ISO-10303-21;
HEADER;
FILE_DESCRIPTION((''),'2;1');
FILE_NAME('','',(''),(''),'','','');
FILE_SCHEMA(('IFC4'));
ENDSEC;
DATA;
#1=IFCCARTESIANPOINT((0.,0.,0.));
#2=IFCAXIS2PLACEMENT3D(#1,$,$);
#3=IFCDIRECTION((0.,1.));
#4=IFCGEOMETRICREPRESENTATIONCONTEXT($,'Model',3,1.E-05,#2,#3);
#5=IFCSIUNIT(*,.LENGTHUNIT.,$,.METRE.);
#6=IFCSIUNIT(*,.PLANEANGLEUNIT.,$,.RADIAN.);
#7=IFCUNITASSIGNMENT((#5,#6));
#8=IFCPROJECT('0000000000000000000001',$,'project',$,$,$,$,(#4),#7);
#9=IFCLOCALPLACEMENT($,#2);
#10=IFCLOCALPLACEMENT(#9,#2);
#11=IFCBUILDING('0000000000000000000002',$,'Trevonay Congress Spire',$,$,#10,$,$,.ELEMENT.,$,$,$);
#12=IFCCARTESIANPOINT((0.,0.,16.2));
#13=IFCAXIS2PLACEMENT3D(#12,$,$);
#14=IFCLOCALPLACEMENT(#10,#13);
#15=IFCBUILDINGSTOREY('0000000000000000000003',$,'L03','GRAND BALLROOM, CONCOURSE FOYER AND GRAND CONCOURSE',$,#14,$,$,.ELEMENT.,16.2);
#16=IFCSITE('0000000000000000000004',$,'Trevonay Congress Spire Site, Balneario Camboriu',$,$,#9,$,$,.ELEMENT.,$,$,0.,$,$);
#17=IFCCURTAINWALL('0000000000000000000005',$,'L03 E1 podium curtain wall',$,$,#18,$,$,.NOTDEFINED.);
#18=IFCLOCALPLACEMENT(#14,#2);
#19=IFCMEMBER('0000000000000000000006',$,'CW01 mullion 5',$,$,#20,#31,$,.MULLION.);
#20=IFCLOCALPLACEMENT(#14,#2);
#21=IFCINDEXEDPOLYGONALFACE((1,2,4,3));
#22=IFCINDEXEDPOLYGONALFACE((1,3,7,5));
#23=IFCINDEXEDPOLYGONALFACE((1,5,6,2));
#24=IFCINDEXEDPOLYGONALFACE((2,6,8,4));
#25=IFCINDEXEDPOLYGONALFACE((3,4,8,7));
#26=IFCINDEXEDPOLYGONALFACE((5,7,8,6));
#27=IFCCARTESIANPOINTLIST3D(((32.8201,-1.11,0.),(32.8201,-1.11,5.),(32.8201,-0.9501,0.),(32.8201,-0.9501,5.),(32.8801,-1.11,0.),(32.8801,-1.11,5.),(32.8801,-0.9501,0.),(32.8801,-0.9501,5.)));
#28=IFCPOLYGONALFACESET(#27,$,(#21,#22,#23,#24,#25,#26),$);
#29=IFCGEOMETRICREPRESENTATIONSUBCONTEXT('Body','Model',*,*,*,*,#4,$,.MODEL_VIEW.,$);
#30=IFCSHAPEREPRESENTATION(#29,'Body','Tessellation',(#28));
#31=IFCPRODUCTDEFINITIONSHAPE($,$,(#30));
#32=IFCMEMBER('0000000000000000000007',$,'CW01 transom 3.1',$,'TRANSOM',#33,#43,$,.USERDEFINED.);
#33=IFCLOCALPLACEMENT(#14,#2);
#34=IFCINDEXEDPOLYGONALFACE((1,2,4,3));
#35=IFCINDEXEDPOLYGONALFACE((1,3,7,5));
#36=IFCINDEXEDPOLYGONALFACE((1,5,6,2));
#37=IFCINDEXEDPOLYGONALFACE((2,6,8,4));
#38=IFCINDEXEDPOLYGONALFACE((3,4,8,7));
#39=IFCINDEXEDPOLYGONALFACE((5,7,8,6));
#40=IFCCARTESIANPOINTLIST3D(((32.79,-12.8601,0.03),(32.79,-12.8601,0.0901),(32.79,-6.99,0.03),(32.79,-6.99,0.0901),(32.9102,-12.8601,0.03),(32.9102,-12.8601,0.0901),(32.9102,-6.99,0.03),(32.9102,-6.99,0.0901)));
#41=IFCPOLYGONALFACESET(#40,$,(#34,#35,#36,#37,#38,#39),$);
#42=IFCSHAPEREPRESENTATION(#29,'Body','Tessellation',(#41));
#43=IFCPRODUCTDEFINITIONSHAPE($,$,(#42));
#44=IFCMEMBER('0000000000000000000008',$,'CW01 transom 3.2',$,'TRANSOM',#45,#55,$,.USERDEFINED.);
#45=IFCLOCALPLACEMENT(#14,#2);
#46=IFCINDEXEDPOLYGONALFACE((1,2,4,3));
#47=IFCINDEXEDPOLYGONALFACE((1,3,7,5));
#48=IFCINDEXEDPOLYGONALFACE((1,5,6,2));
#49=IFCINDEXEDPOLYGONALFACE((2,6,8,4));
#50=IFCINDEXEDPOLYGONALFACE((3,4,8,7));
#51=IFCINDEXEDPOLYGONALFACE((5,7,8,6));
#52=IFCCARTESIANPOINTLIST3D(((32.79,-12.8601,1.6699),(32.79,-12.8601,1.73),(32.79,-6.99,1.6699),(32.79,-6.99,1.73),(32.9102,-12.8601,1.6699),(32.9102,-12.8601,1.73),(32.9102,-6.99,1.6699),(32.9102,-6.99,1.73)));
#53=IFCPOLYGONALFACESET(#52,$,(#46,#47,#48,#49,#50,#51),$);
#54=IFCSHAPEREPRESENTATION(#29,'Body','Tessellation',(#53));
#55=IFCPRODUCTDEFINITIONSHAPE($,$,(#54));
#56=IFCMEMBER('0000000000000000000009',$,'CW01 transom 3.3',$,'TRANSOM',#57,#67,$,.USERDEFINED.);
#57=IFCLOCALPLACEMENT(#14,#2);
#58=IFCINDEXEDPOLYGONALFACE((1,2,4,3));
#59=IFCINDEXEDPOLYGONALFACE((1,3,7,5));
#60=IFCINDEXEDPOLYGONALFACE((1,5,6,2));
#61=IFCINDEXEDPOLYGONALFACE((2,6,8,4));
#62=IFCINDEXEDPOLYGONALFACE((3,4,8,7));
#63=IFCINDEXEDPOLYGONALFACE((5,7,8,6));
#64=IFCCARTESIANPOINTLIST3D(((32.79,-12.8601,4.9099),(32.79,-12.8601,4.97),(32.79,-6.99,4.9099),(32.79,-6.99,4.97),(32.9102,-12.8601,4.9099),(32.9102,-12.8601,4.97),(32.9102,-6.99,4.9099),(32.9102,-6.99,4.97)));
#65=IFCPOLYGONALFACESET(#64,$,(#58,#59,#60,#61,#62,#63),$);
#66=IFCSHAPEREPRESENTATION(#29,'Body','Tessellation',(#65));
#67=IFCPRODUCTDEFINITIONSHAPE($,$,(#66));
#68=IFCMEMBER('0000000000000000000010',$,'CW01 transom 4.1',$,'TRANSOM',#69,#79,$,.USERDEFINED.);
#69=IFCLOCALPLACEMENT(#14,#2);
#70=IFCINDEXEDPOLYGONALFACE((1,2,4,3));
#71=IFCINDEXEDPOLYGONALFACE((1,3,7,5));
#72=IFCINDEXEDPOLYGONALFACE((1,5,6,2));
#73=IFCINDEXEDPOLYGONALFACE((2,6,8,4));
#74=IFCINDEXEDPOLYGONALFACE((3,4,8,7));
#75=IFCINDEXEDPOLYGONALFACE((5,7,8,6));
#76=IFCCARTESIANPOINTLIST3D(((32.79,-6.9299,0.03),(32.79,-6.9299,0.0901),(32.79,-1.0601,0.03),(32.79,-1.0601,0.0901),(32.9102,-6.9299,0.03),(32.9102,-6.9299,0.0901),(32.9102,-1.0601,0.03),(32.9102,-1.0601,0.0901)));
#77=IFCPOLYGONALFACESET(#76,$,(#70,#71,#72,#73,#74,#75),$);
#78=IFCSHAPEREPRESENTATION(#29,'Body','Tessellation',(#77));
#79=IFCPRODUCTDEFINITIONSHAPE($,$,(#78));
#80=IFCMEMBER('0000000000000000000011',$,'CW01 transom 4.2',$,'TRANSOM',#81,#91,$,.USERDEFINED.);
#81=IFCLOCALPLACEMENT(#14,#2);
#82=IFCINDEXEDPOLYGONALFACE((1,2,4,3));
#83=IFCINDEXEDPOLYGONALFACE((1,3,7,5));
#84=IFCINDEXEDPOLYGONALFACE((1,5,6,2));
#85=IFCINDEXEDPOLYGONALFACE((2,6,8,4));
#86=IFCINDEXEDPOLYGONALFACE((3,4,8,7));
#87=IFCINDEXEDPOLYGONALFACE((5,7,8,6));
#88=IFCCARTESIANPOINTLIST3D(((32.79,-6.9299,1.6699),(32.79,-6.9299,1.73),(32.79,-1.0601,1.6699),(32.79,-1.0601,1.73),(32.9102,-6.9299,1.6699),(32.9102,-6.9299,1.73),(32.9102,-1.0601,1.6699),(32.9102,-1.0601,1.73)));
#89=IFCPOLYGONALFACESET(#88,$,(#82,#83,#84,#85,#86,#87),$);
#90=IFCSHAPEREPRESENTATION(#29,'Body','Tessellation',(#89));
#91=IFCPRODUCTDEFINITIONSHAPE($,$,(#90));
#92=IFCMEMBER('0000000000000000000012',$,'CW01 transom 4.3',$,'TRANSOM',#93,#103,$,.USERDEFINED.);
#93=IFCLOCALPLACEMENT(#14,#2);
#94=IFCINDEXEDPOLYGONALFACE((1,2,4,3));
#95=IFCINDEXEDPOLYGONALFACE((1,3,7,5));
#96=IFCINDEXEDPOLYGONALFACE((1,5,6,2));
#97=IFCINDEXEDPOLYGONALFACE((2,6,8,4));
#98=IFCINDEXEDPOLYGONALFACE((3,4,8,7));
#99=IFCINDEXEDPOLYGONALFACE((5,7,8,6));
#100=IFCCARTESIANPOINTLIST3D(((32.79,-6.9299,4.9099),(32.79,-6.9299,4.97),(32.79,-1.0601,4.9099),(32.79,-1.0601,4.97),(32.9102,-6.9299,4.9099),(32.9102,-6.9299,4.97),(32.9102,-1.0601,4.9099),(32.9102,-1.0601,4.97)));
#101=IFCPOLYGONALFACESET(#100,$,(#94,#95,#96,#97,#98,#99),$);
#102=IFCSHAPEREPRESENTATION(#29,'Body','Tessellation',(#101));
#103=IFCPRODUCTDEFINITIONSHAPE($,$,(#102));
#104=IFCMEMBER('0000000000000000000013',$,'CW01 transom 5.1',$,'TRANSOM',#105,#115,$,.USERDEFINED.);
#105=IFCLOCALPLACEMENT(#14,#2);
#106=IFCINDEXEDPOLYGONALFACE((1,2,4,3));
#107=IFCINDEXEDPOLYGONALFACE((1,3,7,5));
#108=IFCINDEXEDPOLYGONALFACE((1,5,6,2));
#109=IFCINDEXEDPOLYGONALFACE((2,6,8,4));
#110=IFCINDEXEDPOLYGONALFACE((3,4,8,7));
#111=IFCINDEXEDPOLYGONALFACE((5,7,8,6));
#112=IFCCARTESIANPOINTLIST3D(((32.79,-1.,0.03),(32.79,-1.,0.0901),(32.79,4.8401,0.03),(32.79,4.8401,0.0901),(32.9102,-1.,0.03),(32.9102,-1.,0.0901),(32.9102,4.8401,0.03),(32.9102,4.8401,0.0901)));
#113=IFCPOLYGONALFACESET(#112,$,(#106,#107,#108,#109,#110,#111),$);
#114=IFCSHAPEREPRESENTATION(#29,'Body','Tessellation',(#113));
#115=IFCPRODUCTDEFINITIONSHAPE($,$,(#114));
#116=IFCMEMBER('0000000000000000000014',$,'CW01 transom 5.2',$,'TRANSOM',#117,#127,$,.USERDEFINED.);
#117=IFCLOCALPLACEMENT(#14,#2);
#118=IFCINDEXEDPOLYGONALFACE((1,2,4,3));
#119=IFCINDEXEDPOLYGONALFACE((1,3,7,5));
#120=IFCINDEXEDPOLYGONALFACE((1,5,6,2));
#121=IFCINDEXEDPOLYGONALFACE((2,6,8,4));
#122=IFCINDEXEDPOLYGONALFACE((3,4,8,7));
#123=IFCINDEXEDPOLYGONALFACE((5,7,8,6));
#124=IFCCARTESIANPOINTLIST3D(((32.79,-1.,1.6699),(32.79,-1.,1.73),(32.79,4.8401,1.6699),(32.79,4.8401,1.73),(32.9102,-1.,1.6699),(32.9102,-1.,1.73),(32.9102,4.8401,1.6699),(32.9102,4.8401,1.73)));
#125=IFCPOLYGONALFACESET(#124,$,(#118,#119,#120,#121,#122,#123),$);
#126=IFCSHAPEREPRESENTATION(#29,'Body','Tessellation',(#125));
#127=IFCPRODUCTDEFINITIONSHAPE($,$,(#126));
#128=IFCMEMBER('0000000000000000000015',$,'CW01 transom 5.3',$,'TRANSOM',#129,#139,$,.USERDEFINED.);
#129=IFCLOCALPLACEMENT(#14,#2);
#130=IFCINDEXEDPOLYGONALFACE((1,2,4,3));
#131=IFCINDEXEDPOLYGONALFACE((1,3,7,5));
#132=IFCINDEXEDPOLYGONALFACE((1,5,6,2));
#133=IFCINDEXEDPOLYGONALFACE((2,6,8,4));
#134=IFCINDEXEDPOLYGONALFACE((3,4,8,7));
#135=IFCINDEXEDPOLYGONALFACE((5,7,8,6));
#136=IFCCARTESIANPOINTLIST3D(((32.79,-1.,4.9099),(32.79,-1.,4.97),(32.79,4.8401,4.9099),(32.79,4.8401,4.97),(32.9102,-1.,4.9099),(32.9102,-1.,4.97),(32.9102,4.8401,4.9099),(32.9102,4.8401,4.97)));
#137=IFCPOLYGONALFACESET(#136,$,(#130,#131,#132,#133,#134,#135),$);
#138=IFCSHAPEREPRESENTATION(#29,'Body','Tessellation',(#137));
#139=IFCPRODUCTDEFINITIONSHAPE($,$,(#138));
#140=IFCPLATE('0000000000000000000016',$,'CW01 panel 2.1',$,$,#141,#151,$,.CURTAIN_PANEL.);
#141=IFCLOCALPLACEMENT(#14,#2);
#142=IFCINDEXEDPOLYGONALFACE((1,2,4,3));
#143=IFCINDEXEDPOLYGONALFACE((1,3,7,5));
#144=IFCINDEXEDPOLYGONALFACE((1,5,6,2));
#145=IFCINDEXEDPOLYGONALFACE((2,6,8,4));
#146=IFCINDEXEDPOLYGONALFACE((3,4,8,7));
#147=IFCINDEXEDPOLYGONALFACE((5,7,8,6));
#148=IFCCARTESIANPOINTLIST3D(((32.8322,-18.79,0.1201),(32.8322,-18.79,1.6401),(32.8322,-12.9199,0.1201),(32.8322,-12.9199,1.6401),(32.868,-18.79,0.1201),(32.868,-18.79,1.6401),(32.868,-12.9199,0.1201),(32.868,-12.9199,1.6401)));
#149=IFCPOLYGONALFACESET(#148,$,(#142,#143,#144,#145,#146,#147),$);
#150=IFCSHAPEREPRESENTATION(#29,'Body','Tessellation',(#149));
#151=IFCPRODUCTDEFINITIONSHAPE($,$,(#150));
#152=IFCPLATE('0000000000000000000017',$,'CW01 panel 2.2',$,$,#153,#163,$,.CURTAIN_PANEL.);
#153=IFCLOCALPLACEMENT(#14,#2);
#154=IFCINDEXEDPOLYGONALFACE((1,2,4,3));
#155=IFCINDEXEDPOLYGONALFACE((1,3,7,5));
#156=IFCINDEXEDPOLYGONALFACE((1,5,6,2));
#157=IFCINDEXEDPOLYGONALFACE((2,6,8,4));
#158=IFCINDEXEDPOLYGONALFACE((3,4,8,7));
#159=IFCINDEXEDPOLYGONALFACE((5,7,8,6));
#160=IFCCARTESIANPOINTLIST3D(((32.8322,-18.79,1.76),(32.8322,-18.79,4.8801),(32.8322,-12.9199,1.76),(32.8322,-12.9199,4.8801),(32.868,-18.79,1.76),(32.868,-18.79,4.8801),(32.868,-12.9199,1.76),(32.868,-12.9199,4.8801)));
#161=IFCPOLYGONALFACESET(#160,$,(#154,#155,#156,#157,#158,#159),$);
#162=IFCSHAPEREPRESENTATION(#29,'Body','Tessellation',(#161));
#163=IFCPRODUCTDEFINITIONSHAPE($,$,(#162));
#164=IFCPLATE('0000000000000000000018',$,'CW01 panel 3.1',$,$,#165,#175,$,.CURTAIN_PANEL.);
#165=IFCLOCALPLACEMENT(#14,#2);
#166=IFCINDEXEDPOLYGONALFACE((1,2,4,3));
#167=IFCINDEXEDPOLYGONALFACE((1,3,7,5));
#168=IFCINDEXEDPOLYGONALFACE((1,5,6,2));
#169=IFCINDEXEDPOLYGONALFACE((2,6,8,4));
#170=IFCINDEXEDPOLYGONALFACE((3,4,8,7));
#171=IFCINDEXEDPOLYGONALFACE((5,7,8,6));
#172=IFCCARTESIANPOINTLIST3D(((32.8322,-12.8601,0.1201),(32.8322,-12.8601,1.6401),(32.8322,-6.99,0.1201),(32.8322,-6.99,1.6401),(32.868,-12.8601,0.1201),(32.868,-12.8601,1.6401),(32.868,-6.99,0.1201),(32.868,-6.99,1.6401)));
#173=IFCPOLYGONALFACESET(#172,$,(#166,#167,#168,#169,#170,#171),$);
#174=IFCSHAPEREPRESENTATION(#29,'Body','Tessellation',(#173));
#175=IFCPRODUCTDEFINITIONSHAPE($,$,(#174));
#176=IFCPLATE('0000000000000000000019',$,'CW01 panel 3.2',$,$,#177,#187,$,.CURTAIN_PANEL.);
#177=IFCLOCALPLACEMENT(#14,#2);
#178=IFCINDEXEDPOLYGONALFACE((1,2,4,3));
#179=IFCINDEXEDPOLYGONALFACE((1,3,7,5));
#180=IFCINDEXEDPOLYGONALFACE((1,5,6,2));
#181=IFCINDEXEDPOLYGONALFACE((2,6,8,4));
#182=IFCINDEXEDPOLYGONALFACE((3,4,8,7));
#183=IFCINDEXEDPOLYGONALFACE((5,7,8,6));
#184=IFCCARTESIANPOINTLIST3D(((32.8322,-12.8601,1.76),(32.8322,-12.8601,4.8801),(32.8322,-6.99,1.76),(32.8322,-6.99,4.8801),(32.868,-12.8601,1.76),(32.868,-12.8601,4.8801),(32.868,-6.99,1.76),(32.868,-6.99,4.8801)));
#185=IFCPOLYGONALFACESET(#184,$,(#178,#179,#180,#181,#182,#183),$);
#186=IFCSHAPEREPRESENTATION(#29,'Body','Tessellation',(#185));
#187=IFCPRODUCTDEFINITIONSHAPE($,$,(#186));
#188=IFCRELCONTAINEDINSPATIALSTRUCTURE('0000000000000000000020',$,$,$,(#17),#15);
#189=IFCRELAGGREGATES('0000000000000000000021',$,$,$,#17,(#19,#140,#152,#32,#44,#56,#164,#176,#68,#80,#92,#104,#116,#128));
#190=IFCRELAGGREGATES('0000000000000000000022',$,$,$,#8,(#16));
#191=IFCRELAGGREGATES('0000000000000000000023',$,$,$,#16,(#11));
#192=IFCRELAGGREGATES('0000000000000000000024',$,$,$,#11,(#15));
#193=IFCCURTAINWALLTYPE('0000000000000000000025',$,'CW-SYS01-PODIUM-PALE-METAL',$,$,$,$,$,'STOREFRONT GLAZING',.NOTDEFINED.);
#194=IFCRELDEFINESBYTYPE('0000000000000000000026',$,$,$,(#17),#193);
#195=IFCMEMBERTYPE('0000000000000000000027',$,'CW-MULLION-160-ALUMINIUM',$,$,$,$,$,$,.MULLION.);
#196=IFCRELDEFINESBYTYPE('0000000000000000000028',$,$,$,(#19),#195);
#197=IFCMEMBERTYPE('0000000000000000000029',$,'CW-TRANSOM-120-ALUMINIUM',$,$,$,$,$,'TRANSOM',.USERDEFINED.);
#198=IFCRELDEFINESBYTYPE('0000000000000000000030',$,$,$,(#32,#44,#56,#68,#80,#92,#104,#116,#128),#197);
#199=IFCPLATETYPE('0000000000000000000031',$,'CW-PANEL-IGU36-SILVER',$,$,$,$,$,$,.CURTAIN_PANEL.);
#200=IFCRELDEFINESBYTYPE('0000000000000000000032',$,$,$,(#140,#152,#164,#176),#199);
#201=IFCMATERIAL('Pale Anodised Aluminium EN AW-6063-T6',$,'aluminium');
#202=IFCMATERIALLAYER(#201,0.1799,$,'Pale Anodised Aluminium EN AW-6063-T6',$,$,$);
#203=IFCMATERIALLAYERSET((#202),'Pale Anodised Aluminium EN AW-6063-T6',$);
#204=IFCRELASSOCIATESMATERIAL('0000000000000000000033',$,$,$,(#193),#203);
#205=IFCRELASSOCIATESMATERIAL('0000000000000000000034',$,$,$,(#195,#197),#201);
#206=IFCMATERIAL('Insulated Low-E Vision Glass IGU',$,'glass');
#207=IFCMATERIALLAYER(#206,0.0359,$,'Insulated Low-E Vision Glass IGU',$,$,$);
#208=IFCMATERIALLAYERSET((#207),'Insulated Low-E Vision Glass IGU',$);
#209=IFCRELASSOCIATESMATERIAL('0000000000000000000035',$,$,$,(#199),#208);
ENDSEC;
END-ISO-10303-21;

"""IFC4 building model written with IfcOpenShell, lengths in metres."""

from ifc_helpers import new_model, si_unit, direction, frame, origin, origin_2d, place, context, subcontext, project, spatial, rectangle, extrude, material, layer, layer_set, material_profile, profile_set, type_object, element, aggregate, save


model = new_model("IFC4")

# Units and contexts
model_context = context("Model", 3, precision=1e-05, world=origin(), true_north=direction((0.0, 1.0)))
body_context = subcontext(model_context, "Body", "Model", "MODEL_VIEW")
ifc_project = project(units=[si_unit("LENGTHUNIT", "METRE"), si_unit("PLANEANGLEUNIT", "RADIAN")], contexts=[model_context])

# Site, building, storey
site_placement = place(None, origin())
site = spatial("IfcSite", under=ifc_project, at=site_placement, Name="Trevonay Congress Spire Site, Balneario Camboriu", CompositionType="ELEMENT", RefElevation=0.0)
building_placement = place(site_placement, origin())
building = spatial("IfcBuilding", under=site, at=building_placement, Name="Trevonay Congress Spire", CompositionType="ELEMENT")
storey_placement = place(building_placement, frame((0.0, 0.0, 16.2)))
storey = spatial("IfcBuildingStorey", under=building, at=storey_placement, Name="L03", Description="GRAND BALLROOM, CONCOURSE FOYER AND GRAND CONCOURSE", CompositionType="ELEMENT", Elevation=16.2)

# Curtain wall, members, plates
ifc_material_1 = material(Name="Pale Anodised Aluminium EN AW-6063-T6", Category="aluminium")
ifc_layer_1 = layer(ifc_material_1, 0.1799, Name="Pale Anodised Aluminium EN AW-6063-T6")
ifc_layer_set_1 = layer_set([ifc_layer_1], Name="Pale Anodised Aluminium EN AW-6063-T6")
curtain_wall_type = type_object("IfcCurtainWallType", Name="CW-SYS01-PODIUM-PALE-METAL", ElementType="STOREFRONT GLAZING", PredefinedType="NOTDEFINED", material=ifc_layer_set_1)
curtain_wall_placement = place(storey_placement, origin())
curtain_wall = element("IfcCurtainWall", 1, at=curtain_wall_placement, inside=storey, type_object=curtain_wall_type, Name="L03 E1 podium curtain wall", PredefinedType="NOTDEFINED")
ifc_material_profile_1 = material_profile(ifc_material_1, rectangle(XDim=0.0601, YDim=0.1599, at=origin_2d()), Name="CW-MULLION-160-ALUMINIUM")
ifc_profile_set_1 = profile_set([ifc_material_profile_1], Name="Pale Anodised Aluminium EN AW-6063-T6")
member_type_1 = type_object("IfcMemberType", Name="CW-MULLION-160-ALUMINIUM", PredefinedType="MULLION", material=ifc_profile_set_1)
member_1_placement = place(storey_placement, frame((32.8501, -1.03, 0.0), z_axis=(0.0, 0.0, 1.0), x_axis=(-1.0, 0.0, 0.0)))
member_1 = element("IfcMember", 2, at=member_1_placement, type_object=member_type_1, Name="CW01 mullion 5", PredefinedType="MULLION", context=body_context, shape_type="SweptSolid", body=[
    extrude(rectangle(XDim=0.0601, YDim=0.1599, at=origin_2d()), origin(), (0.0, 0.0, 1.0), 5.0),
])
ifc_material_profile_2 = material_profile(ifc_material_1, rectangle(XDim=0.1201, YDim=0.0601, at=origin_2d()), Name="CW-TRANSOM-120-ALUMINIUM")
ifc_profile_set_2 = profile_set([ifc_material_profile_2], Name="Pale Anodised Aluminium EN AW-6063-T6")
member_type_2 = type_object("IfcMemberType", Name="CW-TRANSOM-120-ALUMINIUM", ElementType="TRANSOM", PredefinedType="USERDEFINED", material=ifc_profile_set_2)
member_2_placement = place(storey_placement, frame((32.8501, -12.8601, 0.0601), z_axis=(0.0, 1.0, 0.0), x_axis=(-1.0, 0.0, 0.0)))
member_2 = element("IfcMember", 3, at=member_2_placement, type_object=member_type_2, Name="CW01 transom 3.1", ObjectType="TRANSOM", PredefinedType="USERDEFINED", context=body_context, shape_type="SweptSolid", body=[
    extrude(rectangle(XDim=0.1201, YDim=0.0601, at=origin_2d()), origin(), (0.0, 0.0, 1.0), 5.8701),
])
member_3_placement = place(storey_placement, frame((32.8501, -12.8601, 1.7), z_axis=(0.0, 1.0, 0.0), x_axis=(-1.0, 0.0, 0.0)))
member_3 = element("IfcMember", 4, at=member_3_placement, type_object=member_type_2, Name="CW01 transom 3.2", ObjectType="TRANSOM", PredefinedType="USERDEFINED", context=body_context, shape_type="SweptSolid", body=[
    extrude(rectangle(XDim=0.1201, YDim=0.0601, at=origin_2d()), origin(), (0.0, 0.0, 1.0), 5.8701),
])
member_4_placement = place(storey_placement, frame((32.8501, -12.8601, 4.9399), z_axis=(0.0, 1.0, 0.0), x_axis=(-1.0, 0.0, 0.0)))
member_4 = element("IfcMember", 5, at=member_4_placement, type_object=member_type_2, Name="CW01 transom 3.3", ObjectType="TRANSOM", PredefinedType="USERDEFINED", context=body_context, shape_type="SweptSolid", body=[
    extrude(rectangle(XDim=0.1201, YDim=0.0601, at=origin_2d()), origin(), (0.0, 0.0, 1.0), 5.8701),
])
member_5_placement = place(storey_placement, frame((32.8501, -6.9299, 0.0601), z_axis=(0.0, 1.0, 0.0), x_axis=(-1.0, 0.0, 0.0)))
member_5 = element("IfcMember", 6, at=member_5_placement, type_object=member_type_2, Name="CW01 transom 4.1", ObjectType="TRANSOM", PredefinedType="USERDEFINED", context=body_context, shape_type="SweptSolid", body=[
    extrude(rectangle(XDim=0.1201, YDim=0.0601, at=origin_2d()), origin(), (0.0, 0.0, 1.0), 5.8699),
])
member_6_placement = place(storey_placement, frame((32.8501, -6.9299, 1.7), z_axis=(0.0, 1.0, 0.0), x_axis=(-1.0, 0.0, 0.0)))
member_6 = element("IfcMember", 7, at=member_6_placement, type_object=member_type_2, Name="CW01 transom 4.2", ObjectType="TRANSOM", PredefinedType="USERDEFINED", context=body_context, shape_type="SweptSolid", body=[
    extrude(rectangle(XDim=0.1201, YDim=0.0601, at=origin_2d()), origin(), (0.0, 0.0, 1.0), 5.8699),
])
member_7_placement = place(storey_placement, frame((32.8501, -6.9299, 4.9399), z_axis=(0.0, 1.0, 0.0), x_axis=(-1.0, 0.0, 0.0)))
member_7 = element("IfcMember", 8, at=member_7_placement, type_object=member_type_2, Name="CW01 transom 4.3", ObjectType="TRANSOM", PredefinedType="USERDEFINED", context=body_context, shape_type="SweptSolid", body=[
    extrude(rectangle(XDim=0.1201, YDim=0.0601, at=origin_2d()), origin(), (0.0, 0.0, 1.0), 5.8699),
])
member_8_placement = place(storey_placement, frame((32.8501, -1.0, 0.0601), z_axis=(0.0, 1.0, 0.0), x_axis=(-1.0, 0.0, 0.0)))
member_8 = element("IfcMember", 9, at=member_8_placement, type_object=member_type_2, Name="CW01 transom 5.1", ObjectType="TRANSOM", PredefinedType="USERDEFINED", context=body_context, shape_type="SweptSolid", body=[
    extrude(rectangle(XDim=0.1201, YDim=0.0601, at=origin_2d()), origin(), (0.0, 0.0, 1.0), 5.8401),
])
member_9_placement = place(storey_placement, frame((32.8501, -1.0, 1.7), z_axis=(0.0, 1.0, 0.0), x_axis=(-1.0, 0.0, 0.0)))
member_9 = element("IfcMember", 10, at=member_9_placement, type_object=member_type_2, Name="CW01 transom 5.2", ObjectType="TRANSOM", PredefinedType="USERDEFINED", context=body_context, shape_type="SweptSolid", body=[
    extrude(rectangle(XDim=0.1201, YDim=0.0601, at=origin_2d()), origin(), (0.0, 0.0, 1.0), 5.8401),
])
member_10_placement = place(storey_placement, frame((32.8501, -1.0, 4.9399), z_axis=(0.0, 1.0, 0.0), x_axis=(-1.0, 0.0, 0.0)))
member_10 = element("IfcMember", 11, at=member_10_placement, type_object=member_type_2, Name="CW01 transom 5.3", ObjectType="TRANSOM", PredefinedType="USERDEFINED", context=body_context, shape_type="SweptSolid", body=[
    extrude(rectangle(XDim=0.1201, YDim=0.0601, at=origin_2d()), origin(), (0.0, 0.0, 1.0), 5.8401),
])
ifc_material_2 = material(Name="Insulated Low-E Vision Glass IGU", Category="glass")
ifc_layer_2 = layer(ifc_material_2, 0.0359, Name="Insulated Low-E Vision Glass IGU")
ifc_layer_set_2 = layer_set([ifc_layer_2], Name="Insulated Low-E Vision Glass IGU")
plate_type = type_object("IfcPlateType", Name="CW-PANEL-IGU36-SILVER", PredefinedType="CURTAIN_PANEL", material=ifc_layer_set_2)
plate_1_placement = place(storey_placement, frame((32.8501, -15.855, 0.1201), z_axis=(0.0, 0.0, 1.0), x_axis=(0.0, 1.0, 0.0)))
plate_1 = element("IfcPlate", 12, at=plate_1_placement, type_object=plate_type, Name="CW01 panel 2.1", PredefinedType="CURTAIN_PANEL", context=body_context, shape_type="SweptSolid", body=[
    extrude(rectangle(XDim=5.8701, YDim=0.0359, at=origin_2d()), origin(), (0.0, 0.0, 1.0), 1.52),
])
plate_2_placement = place(storey_placement, frame((32.8501, -15.855, 1.76), z_axis=(0.0, 0.0, 1.0), x_axis=(0.0, 1.0, 0.0)))
plate_2 = element("IfcPlate", 13, at=plate_2_placement, type_object=plate_type, Name="CW01 panel 2.2", PredefinedType="CURTAIN_PANEL", context=body_context, shape_type="SweptSolid", body=[
    extrude(rectangle(XDim=5.8701, YDim=0.0359, at=origin_2d()), origin(), (0.0, 0.0, 1.0), 3.1201),
])
plate_3_placement = place(storey_placement, frame((32.8501, -9.925, 0.1201), z_axis=(0.0, 0.0, 1.0), x_axis=(0.0, 1.0, 0.0)))
plate_3 = element("IfcPlate", 14, at=plate_3_placement, type_object=plate_type, Name="CW01 panel 3.1", PredefinedType="CURTAIN_PANEL", context=body_context, shape_type="SweptSolid", body=[
    extrude(rectangle(XDim=5.8701, YDim=0.0359, at=origin_2d()), origin(), (0.0, 0.0, 1.0), 1.52),
])
plate_4_placement = place(storey_placement, frame((32.8501, -9.925, 1.76), z_axis=(0.0, 0.0, 1.0), x_axis=(0.0, 1.0, 0.0)))
plate_4 = element("IfcPlate", 15, at=plate_4_placement, type_object=plate_type, Name="CW01 panel 3.2", PredefinedType="CURTAIN_PANEL", context=body_context, shape_type="SweptSolid", body=[
    extrude(rectangle(XDim=5.8701, YDim=0.0359, at=origin_2d()), origin(), (0.0, 0.0, 1.0), 3.1201),
])
aggregate(curtain_wall, [member_1, plate_1, plate_2, member_2, member_3, member_4, plate_3, plate_4, member_5, member_6, member_7, member_8, member_9, member_10])

save(model, "model.ifc")
